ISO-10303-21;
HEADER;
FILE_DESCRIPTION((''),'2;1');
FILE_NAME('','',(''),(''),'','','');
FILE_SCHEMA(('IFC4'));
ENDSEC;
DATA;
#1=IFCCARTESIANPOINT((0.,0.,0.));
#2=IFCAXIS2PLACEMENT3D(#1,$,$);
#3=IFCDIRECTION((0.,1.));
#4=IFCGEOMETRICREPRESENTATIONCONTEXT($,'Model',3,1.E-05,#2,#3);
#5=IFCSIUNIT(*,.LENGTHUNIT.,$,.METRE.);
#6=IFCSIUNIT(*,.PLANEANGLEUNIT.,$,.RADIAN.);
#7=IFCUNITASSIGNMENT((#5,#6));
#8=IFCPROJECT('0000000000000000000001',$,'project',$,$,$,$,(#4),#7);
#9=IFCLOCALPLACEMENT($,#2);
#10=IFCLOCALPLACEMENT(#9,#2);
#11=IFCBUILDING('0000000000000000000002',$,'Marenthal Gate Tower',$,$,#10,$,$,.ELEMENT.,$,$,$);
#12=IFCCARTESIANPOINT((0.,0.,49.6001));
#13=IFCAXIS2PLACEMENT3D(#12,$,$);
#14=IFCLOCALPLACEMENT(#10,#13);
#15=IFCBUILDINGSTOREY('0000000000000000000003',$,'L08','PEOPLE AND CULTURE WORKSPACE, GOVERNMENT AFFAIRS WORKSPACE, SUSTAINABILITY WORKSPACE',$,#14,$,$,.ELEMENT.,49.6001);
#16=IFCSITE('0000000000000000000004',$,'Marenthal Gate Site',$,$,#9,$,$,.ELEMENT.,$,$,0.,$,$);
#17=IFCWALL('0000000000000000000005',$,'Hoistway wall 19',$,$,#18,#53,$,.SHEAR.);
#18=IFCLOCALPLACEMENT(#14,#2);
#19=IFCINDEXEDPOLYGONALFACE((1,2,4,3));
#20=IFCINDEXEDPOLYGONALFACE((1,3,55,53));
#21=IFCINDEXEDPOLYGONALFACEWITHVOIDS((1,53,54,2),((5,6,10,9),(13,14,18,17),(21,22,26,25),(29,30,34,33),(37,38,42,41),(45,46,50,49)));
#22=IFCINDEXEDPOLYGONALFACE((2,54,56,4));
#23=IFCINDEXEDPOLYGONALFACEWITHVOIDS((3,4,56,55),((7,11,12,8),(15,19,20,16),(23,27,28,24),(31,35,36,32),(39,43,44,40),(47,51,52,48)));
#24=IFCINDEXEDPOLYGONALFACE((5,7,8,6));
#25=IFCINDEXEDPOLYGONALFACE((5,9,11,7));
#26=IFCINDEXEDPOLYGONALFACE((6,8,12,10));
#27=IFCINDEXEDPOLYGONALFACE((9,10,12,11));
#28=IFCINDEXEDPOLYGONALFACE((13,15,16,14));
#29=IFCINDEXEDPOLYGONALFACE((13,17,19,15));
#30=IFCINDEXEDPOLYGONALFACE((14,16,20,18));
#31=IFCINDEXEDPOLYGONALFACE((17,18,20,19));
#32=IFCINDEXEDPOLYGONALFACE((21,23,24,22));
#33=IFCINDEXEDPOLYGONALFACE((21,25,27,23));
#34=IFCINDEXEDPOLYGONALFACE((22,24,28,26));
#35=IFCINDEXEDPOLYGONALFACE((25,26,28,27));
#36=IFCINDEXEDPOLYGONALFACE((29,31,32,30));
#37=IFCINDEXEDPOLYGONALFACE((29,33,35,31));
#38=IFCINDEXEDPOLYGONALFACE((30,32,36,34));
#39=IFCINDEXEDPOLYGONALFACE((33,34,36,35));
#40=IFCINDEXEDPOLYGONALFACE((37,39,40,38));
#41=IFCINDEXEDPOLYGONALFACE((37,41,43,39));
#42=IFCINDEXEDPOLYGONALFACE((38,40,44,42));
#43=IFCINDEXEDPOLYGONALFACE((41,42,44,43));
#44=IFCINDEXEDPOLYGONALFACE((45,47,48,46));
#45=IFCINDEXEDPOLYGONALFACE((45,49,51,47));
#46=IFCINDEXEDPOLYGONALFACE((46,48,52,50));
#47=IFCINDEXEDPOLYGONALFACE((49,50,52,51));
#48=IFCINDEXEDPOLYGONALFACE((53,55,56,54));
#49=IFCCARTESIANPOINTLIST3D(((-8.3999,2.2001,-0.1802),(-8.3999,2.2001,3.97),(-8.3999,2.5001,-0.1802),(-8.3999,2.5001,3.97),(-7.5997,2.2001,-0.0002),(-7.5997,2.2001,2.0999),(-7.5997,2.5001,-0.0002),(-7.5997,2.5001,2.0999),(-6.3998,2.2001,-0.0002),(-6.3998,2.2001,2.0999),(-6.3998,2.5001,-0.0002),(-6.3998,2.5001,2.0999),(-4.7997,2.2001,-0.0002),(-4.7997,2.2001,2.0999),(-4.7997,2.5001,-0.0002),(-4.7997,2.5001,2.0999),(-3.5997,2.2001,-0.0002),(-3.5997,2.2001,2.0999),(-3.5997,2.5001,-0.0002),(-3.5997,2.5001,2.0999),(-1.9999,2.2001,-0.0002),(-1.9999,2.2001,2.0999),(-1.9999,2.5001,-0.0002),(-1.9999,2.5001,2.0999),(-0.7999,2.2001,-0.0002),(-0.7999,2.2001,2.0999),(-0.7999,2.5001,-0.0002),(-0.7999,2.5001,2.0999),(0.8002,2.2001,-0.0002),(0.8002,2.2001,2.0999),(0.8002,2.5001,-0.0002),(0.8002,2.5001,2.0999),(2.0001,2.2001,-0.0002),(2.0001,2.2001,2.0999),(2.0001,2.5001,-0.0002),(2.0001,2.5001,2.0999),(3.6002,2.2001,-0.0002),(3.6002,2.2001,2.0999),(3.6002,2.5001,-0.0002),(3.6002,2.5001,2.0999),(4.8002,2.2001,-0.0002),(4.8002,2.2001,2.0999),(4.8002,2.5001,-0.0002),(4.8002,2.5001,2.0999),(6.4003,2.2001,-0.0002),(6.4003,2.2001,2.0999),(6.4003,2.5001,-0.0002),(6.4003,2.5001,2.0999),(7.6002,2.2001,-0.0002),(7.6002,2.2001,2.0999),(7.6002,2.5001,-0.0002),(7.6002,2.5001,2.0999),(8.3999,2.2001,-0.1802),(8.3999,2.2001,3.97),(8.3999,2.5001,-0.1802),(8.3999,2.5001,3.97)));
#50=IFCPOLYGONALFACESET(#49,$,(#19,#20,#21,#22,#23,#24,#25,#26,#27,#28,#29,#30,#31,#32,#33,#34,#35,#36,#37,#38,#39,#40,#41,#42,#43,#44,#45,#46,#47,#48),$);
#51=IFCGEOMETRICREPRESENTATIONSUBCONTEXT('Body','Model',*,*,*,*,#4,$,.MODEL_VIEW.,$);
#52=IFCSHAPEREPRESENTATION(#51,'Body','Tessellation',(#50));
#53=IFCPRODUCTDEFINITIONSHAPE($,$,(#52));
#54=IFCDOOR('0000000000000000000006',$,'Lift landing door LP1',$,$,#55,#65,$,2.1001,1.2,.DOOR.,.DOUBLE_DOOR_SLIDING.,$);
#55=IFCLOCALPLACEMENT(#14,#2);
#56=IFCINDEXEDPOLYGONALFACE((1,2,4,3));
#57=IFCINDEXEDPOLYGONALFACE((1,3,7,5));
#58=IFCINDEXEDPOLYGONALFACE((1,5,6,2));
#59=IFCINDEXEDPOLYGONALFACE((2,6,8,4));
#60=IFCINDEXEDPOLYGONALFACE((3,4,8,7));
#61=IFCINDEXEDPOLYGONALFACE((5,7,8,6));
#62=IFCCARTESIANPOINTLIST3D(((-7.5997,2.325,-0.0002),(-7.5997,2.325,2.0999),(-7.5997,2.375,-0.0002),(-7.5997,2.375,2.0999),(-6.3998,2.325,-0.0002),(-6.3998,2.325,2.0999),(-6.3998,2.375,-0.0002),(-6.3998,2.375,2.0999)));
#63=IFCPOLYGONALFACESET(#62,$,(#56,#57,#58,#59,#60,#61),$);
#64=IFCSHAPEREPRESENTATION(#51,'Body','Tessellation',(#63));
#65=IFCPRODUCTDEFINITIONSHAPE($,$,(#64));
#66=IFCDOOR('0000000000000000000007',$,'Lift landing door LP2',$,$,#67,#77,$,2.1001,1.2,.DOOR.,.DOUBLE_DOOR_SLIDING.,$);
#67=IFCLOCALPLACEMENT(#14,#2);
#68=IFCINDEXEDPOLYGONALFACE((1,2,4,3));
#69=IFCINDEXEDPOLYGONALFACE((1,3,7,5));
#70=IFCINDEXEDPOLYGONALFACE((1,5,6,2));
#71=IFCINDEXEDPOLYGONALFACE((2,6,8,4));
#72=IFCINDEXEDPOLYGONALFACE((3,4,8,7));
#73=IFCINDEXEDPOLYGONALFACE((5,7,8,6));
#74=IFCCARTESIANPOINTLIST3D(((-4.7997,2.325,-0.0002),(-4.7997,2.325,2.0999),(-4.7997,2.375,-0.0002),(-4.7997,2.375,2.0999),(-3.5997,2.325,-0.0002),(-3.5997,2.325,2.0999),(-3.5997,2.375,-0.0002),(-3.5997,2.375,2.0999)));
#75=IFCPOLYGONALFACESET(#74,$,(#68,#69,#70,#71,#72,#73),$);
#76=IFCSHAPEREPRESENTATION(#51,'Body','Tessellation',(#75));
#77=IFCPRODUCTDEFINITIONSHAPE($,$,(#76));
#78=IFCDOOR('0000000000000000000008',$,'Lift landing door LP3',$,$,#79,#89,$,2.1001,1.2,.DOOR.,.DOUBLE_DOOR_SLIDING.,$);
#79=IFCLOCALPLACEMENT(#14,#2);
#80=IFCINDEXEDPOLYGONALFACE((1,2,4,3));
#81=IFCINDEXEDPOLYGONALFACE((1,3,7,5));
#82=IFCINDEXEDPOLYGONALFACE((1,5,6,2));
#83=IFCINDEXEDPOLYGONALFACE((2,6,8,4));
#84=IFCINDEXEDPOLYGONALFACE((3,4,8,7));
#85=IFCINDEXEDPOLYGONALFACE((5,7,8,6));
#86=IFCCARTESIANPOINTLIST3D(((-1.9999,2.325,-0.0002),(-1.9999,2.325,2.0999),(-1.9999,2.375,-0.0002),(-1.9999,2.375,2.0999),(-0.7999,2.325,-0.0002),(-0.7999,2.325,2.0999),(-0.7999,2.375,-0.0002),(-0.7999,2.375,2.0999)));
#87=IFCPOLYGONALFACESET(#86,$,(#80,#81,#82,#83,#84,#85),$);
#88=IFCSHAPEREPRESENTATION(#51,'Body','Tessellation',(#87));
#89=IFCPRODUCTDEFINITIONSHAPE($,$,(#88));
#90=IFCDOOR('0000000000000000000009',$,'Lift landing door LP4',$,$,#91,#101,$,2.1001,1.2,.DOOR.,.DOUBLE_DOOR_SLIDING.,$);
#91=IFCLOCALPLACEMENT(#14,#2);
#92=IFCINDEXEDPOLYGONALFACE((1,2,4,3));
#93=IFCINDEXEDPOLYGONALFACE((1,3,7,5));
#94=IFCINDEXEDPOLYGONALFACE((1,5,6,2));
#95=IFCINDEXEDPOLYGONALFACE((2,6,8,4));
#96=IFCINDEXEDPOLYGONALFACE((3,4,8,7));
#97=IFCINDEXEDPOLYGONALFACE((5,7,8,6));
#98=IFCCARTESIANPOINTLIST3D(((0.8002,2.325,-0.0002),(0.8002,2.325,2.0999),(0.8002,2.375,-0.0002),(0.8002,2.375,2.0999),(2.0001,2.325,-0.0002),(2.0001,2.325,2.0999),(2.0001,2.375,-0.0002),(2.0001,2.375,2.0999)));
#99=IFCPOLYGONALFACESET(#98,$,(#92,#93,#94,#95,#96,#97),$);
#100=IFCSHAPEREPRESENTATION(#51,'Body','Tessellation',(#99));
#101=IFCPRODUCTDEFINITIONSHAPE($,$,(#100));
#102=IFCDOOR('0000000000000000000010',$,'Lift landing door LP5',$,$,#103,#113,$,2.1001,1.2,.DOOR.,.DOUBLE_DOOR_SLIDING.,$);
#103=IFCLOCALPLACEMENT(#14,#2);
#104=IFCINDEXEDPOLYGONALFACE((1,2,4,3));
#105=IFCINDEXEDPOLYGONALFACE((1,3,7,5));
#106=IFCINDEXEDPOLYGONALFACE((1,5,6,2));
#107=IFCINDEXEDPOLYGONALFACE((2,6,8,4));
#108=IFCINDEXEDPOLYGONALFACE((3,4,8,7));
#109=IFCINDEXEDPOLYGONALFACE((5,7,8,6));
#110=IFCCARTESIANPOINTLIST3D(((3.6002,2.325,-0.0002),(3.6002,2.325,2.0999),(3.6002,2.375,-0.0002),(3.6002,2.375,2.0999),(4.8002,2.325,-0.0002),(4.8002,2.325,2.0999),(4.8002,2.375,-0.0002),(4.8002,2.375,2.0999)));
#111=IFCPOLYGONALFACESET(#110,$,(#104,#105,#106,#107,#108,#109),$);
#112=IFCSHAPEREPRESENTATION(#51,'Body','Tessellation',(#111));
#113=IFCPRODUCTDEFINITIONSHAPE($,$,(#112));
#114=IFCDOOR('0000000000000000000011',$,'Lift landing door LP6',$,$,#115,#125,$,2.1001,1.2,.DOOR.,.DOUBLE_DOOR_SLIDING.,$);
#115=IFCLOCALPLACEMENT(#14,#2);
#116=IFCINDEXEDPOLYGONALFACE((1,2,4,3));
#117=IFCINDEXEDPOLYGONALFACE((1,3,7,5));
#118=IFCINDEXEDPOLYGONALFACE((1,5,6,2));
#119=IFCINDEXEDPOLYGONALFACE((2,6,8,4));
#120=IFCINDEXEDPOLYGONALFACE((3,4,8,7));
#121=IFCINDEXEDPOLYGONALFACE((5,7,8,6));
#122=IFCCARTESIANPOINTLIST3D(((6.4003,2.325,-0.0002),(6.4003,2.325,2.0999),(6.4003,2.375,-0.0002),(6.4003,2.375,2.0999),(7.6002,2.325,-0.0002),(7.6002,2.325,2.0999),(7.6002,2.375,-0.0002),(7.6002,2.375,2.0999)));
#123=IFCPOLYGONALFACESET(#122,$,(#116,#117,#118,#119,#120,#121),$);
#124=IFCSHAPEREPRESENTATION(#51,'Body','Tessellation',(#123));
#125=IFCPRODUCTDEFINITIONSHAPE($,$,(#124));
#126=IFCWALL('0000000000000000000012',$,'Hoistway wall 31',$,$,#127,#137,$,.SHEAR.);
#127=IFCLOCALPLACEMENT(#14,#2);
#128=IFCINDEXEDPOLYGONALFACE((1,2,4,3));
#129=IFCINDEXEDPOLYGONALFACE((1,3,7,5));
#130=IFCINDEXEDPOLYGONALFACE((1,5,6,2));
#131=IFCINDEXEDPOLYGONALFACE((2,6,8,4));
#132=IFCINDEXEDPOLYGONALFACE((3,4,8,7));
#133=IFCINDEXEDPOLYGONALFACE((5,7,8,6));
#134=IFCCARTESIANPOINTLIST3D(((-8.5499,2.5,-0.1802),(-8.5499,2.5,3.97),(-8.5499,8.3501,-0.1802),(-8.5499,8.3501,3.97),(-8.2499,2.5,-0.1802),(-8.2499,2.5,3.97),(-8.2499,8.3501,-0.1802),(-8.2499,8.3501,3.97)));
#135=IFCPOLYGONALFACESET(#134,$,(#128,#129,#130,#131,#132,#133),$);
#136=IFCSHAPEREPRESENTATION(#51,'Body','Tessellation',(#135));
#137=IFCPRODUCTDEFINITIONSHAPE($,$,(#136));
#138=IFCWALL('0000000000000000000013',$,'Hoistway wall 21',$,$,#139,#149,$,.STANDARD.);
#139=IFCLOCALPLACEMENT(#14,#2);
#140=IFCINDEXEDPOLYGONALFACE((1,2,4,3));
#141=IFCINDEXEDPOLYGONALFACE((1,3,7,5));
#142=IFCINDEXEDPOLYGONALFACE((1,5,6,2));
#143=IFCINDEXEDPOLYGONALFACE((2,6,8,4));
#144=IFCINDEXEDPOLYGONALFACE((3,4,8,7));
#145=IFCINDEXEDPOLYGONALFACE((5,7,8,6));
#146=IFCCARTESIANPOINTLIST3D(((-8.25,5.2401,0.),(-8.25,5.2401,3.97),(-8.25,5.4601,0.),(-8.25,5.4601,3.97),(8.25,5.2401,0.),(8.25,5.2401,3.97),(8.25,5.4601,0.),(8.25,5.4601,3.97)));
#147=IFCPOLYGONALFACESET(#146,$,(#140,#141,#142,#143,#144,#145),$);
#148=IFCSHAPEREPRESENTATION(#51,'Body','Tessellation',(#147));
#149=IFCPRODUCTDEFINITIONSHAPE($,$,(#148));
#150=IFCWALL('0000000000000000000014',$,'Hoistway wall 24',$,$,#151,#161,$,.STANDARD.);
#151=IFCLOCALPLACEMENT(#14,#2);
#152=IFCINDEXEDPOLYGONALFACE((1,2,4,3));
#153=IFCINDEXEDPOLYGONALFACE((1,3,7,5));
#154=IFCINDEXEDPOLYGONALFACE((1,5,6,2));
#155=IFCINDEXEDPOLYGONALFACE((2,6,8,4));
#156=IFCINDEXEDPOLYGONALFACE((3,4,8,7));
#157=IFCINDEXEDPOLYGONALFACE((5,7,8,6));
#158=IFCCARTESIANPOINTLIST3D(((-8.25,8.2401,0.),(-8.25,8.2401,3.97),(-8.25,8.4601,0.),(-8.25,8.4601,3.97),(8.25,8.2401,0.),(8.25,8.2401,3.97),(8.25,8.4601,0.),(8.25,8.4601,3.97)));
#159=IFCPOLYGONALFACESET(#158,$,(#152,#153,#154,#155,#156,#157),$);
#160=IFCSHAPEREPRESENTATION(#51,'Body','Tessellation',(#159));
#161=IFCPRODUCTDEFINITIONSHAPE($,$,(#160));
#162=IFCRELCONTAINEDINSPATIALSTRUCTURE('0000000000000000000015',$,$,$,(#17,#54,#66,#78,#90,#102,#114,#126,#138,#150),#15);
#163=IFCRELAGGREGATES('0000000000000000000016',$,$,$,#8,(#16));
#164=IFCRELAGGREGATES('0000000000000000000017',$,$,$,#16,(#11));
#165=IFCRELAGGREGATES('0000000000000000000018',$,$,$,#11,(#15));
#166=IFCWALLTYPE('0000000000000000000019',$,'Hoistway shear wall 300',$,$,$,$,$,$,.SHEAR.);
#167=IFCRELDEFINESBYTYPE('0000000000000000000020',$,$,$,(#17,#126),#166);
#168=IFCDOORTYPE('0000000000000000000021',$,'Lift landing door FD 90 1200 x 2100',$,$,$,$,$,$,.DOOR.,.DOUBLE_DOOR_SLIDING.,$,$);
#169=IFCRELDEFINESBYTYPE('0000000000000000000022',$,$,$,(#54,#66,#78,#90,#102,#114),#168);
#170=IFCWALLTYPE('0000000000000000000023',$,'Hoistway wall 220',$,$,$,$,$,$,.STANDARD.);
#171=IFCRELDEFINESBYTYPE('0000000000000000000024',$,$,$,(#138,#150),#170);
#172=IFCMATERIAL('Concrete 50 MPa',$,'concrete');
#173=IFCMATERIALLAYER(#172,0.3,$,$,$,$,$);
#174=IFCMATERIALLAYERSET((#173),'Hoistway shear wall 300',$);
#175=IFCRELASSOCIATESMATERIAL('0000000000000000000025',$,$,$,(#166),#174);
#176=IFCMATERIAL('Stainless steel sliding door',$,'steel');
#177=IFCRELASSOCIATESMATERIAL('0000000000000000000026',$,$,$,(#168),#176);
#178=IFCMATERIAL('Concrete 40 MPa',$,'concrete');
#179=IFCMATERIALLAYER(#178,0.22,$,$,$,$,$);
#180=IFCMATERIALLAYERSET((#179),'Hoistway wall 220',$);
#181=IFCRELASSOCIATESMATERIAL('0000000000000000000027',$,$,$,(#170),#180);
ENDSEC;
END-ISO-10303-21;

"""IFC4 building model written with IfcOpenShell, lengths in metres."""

from ifc_helpers import new_model, si_unit, direction, frame, frame_2d, origin, place, context, subcontext, project, spatial, rectangle, extrude, material, layer, layer_set, type_object, element, fill, save


model = new_model("IFC4")

# Units and contexts
model_context = context("Model", 3, precision=1e-05, world=origin(), true_north=direction((0.0, 1.0)))
body_context = subcontext(model_context, "Body", "Model", "MODEL_VIEW")
ifc_project = project(units=[si_unit("LENGTHUNIT", "METRE"), si_unit("PLANEANGLEUNIT", "RADIAN")], contexts=[model_context])

# Site, building, storey
site_placement = place(None, origin())
site = spatial("IfcSite", under=ifc_project, at=site_placement, Name="Marenthal Gate Site", CompositionType="ELEMENT", RefElevation=0.0)
building_placement = place(site_placement, origin())
building = spatial("IfcBuilding", under=site, at=building_placement, Name="Marenthal Gate Tower", CompositionType="ELEMENT")
storey_placement = place(building_placement, frame((0.0, 0.0, 49.6001)))
storey = spatial("IfcBuildingStorey", under=building, at=storey_placement, Name="L08", Description="PEOPLE AND CULTURE WORKSPACE, GOVERNMENT AFFAIRS WORKSPACE, SUSTAINABILITY WORKSPACE", CompositionType="ELEMENT", Elevation=49.6001)

# Wall, openings, doors
ifc_material_1 = material(Name="Concrete 50 MPa", Category="concrete")
ifc_layer_1 = layer(ifc_material_1, 0.3)
ifc_layer_set_1 = layer_set([ifc_layer_1], Name="Hoistway shear wall 300")
wall_type_1 = type_object("IfcWallType", Name="Hoistway shear wall 300", PredefinedType="SHEAR", material=ifc_layer_set_1)
wall_1_placement = place(storey_placement, frame((-8.3999, 2.3501, -0.1802), z_axis=(0.0, 0.0, 1.0), x_axis=(1.0, 0.0, 0.0)))
wall_1 = element("IfcWall", 1, at=wall_1_placement, inside=storey, type_object=wall_type_1, Name="Hoistway wall 19", PredefinedType="SHEAR", context=body_context, shape_type="SweptSolid", body=[
    extrude(rectangle(XDim=16.7998, YDim=0.3, at=frame_2d((8.3999, 0.0))), origin(), (0.0, 0.0, 1.0), 4.1501),
])
opening_1_placement = place(wall_1_placement, frame((0.8, 0.0, 0.1799)))
opening_1 = element("IfcOpeningElement", 2, at=opening_1_placement, cuts=wall_1, PredefinedType="OPENING", context=body_context, shape_type="SweptSolid", body=[
    extrude(rectangle(XDim=1.2, YDim=2.1001, at=frame_2d((0.6001, 1.05))), frame((0.0, 0.1602, 0.0), z_axis=(0.0, -1.0, 0.0), x_axis=(1.0, 0.0, 0.0)), (0.0, 0.0, 1.0), 0.3201),
])
opening_2_placement = place(wall_1_placement, frame((3.6001, 0.0, 0.1799)))
opening_2 = element("IfcOpeningElement", 3, at=opening_2_placement, cuts=wall_1, PredefinedType="OPENING", context=body_context, shape_type="SweptSolid", body=[
    extrude(rectangle(XDim=1.2, YDim=2.1001, at=frame_2d((0.6001, 1.05))), frame((0.0, 0.1602, 0.0), z_axis=(0.0, -1.0, 0.0), x_axis=(1.0, 0.0, 0.0)), (0.0, 0.0, 1.0), 0.3201),
])
opening_3_placement = place(wall_1_placement, frame((6.3999, 0.0, 0.1799)))
opening_3 = element("IfcOpeningElement", 4, at=opening_3_placement, cuts=wall_1, PredefinedType="OPENING", context=body_context, shape_type="SweptSolid", body=[
    extrude(rectangle(XDim=1.2, YDim=2.1001, at=frame_2d((0.6001, 1.05))), frame((0.0, 0.1602, 0.0), z_axis=(0.0, -1.0, 0.0), x_axis=(1.0, 0.0, 0.0)), (0.0, 0.0, 1.0), 0.3201),
])
opening_4_placement = place(wall_1_placement, frame((9.2, 0.0, 0.1799)))
opening_4 = element("IfcOpeningElement", 5, at=opening_4_placement, cuts=wall_1, PredefinedType="OPENING", context=body_context, shape_type="SweptSolid", body=[
    extrude(rectangle(XDim=1.2, YDim=2.1001, at=frame_2d((0.6001, 1.05))), frame((0.0, 0.1602, 0.0), z_axis=(0.0, -1.0, 0.0), x_axis=(1.0, 0.0, 0.0)), (0.0, 0.0, 1.0), 0.3201),
])
opening_5_placement = place(wall_1_placement, frame((12.0, 0.0, 0.1799)))
opening_5 = element("IfcOpeningElement", 6, at=opening_5_placement, cuts=wall_1, PredefinedType="OPENING", context=body_context, shape_type="SweptSolid", body=[
    extrude(rectangle(XDim=1.2, YDim=2.1001, at=frame_2d((0.6001, 1.05))), frame((0.0, 0.1602, 0.0), z_axis=(0.0, -1.0, 0.0), x_axis=(1.0, 0.0, 0.0)), (0.0, 0.0, 1.0), 0.3201),
])
opening_6_placement = place(wall_1_placement, frame((14.8, 0.0, 0.1799)))
opening_6 = element("IfcOpeningElement", 7, at=opening_6_placement, cuts=wall_1, PredefinedType="OPENING", context=body_context, shape_type="SweptSolid", body=[
    extrude(rectangle(XDim=1.2, YDim=2.1001, at=frame_2d((0.6001, 1.05))), frame((0.0, 0.1602, 0.0), z_axis=(0.0, -1.0, 0.0), x_axis=(1.0, 0.0, 0.0)), (0.0, 0.0, 1.0), 0.3201),
])
ifc_material_2 = material(Name="Stainless steel sliding door", Category="steel")
door_type_1 = type_object("IfcDoorType", Name="Lift landing door FD 90 1200 x 2100", OperationType="DOUBLE_DOOR_SLIDING", PredefinedType="DOOR", material=ifc_material_2)
door_1_placement = place(opening_1_placement, origin())
door_1 = element("IfcDoor", 8, at=door_1_placement, inside=storey, type_object=door_type_1, Name="Lift landing door LP1", OperationType="DOUBLE_DOOR_SLIDING", OverallHeight=2.1001, OverallWidth=1.2, PredefinedType="DOOR", context=body_context, shape_type="SweptSolid", body=[
    extrude(rectangle(XDim=1.2, YDim=2.1001, at=frame_2d((0.6001, 1.05))), frame((0.0, 0.0249, 0.0), z_axis=(0.0, -1.0, 0.0), x_axis=(1.0, 0.0, 0.0)), (0.0, 0.0, 1.0), 0.05),
])
fill(opening_1, door_1)
door_2_placement = place(opening_2_placement, origin())
door_2 = element("IfcDoor", 9, at=door_2_placement, inside=storey, type_object=door_type_1, Name="Lift landing door LP2", OperationType="DOUBLE_DOOR_SLIDING", OverallHeight=2.1001, OverallWidth=1.2, PredefinedType="DOOR", context=body_context, shape_type="SweptSolid", body=[
    extrude(rectangle(XDim=1.2, YDim=2.1001, at=frame_2d((0.6001, 1.05))), frame((0.0, 0.0249, 0.0), z_axis=(0.0, -1.0, 0.0), x_axis=(1.0, 0.0, 0.0)), (0.0, 0.0, 1.0), 0.05),
])
fill(opening_2, door_2)
door_3_placement = place(opening_3_placement, origin())
door_3 = element("IfcDoor", 10, at=door_3_placement, inside=storey, type_object=door_type_1, Name="Lift landing door LP3", OperationType="DOUBLE_DOOR_SLIDING", OverallHeight=2.1001, OverallWidth=1.2, PredefinedType="DOOR", context=body_context, shape_type="SweptSolid", body=[
    extrude(rectangle(XDim=1.2, YDim=2.1001, at=frame_2d((0.6001, 1.05))), frame((0.0, 0.0249, 0.0), z_axis=(0.0, -1.0, 0.0), x_axis=(1.0, 0.0, 0.0)), (0.0, 0.0, 1.0), 0.05),
])
fill(opening_3, door_3)
door_4_placement = place(opening_4_placement, origin())
door_4 = element("IfcDoor", 11, at=door_4_placement, inside=storey, type_object=door_type_1, Name="Lift landing door LP4", OperationType="DOUBLE_DOOR_SLIDING", OverallHeight=2.1001, OverallWidth=1.2, PredefinedType="DOOR", context=body_context, shape_type="SweptSolid", body=[
    extrude(rectangle(XDim=1.2, YDim=2.1001, at=frame_2d((0.6001, 1.05))), frame((0.0, 0.0249, 0.0), z_axis=(0.0, -1.0, 0.0), x_axis=(1.0, 0.0, 0.0)), (0.0, 0.0, 1.0), 0.05),
])
fill(opening_4, door_4)
door_5_placement = place(opening_5_placement, origin())
door_5 = element("IfcDoor", 12, at=door_5_placement, inside=storey, type_object=door_type_1, Name="Lift landing door LP5", OperationType="DOUBLE_DOOR_SLIDING", OverallHeight=2.1001, OverallWidth=1.2, PredefinedType="DOOR", context=body_context, shape_type="SweptSolid", body=[
    extrude(rectangle(XDim=1.2, YDim=2.1001, at=frame_2d((0.6001, 1.05))), frame((0.0, 0.0249, 0.0), z_axis=(0.0, -1.0, 0.0), x_axis=(1.0, 0.0, 0.0)), (0.0, 0.0, 1.0), 0.05),
])
fill(opening_5, door_5)
door_6_placement = place(opening_6_placement, origin())
door_6 = element("IfcDoor", 13, at=door_6_placement, inside=storey, type_object=door_type_1, Name="Lift landing door LP6", OperationType="DOUBLE_DOOR_SLIDING", OverallHeight=2.1001, OverallWidth=1.2, PredefinedType="DOOR", context=body_context, shape_type="SweptSolid", body=[
    extrude(rectangle(XDim=1.2, YDim=2.1001, at=frame_2d((0.6001, 1.05))), frame((0.0, 0.0249, 0.0), z_axis=(0.0, -1.0, 0.0), x_axis=(1.0, 0.0, 0.0)), (0.0, 0.0, 1.0), 0.05),
])
fill(opening_6, door_6)

# Walls
wall_2_placement = place(storey_placement, frame((-8.3999, 2.5, -0.1802), z_axis=(0.0, 0.0, 1.0), x_axis=(0.0, 1.0, 0.0)))
element("IfcWall", 14, at=wall_2_placement, inside=storey, type_object=wall_type_1, Name="Hoistway wall 31", PredefinedType="SHEAR", context=body_context, shape_type="SweptSolid", body=[
    extrude(rectangle(XDim=5.8501, YDim=0.3, at=frame_2d((2.925, 0.0))), origin(), (0.0, 0.0, 1.0), 4.1501),
])
ifc_material_3 = material(Name="Concrete 40 MPa", Category="concrete")
ifc_layer_2 = layer(ifc_material_3, 0.22)
ifc_layer_set_2 = layer_set([ifc_layer_2], Name="Hoistway wall 220")
wall_type_2 = type_object("IfcWallType", Name="Hoistway wall 220", PredefinedType="STANDARD", material=ifc_layer_set_2)
for number, where, z_axis, x_axis, name in (
    (15, (-8.25, 5.3501, 0.0), (0.0, 0.0, 1.0), (1.0, 0.0, 0.0), "Hoistway wall 21"),
    (16, (-8.25, 8.3501, 0.0), (0.0, 0.0, 1.0), (1.0, 0.0, 0.0), "Hoistway wall 24"),
):
    element("IfcWall", number, at=place(storey_placement, frame(where, z_axis=z_axis, x_axis=x_axis)), inside=storey, type_object=wall_type_2, Name=name, PredefinedType="STANDARD", context=body_context, shape_type="SweptSolid", body=[
        extrude(rectangle(XDim=16.5, YDim=0.22, at=frame_2d((8.25, 0.0))), origin(), (0.0, 0.0, 1.0), 3.97),
    ])

save(model, "model.ifc")
